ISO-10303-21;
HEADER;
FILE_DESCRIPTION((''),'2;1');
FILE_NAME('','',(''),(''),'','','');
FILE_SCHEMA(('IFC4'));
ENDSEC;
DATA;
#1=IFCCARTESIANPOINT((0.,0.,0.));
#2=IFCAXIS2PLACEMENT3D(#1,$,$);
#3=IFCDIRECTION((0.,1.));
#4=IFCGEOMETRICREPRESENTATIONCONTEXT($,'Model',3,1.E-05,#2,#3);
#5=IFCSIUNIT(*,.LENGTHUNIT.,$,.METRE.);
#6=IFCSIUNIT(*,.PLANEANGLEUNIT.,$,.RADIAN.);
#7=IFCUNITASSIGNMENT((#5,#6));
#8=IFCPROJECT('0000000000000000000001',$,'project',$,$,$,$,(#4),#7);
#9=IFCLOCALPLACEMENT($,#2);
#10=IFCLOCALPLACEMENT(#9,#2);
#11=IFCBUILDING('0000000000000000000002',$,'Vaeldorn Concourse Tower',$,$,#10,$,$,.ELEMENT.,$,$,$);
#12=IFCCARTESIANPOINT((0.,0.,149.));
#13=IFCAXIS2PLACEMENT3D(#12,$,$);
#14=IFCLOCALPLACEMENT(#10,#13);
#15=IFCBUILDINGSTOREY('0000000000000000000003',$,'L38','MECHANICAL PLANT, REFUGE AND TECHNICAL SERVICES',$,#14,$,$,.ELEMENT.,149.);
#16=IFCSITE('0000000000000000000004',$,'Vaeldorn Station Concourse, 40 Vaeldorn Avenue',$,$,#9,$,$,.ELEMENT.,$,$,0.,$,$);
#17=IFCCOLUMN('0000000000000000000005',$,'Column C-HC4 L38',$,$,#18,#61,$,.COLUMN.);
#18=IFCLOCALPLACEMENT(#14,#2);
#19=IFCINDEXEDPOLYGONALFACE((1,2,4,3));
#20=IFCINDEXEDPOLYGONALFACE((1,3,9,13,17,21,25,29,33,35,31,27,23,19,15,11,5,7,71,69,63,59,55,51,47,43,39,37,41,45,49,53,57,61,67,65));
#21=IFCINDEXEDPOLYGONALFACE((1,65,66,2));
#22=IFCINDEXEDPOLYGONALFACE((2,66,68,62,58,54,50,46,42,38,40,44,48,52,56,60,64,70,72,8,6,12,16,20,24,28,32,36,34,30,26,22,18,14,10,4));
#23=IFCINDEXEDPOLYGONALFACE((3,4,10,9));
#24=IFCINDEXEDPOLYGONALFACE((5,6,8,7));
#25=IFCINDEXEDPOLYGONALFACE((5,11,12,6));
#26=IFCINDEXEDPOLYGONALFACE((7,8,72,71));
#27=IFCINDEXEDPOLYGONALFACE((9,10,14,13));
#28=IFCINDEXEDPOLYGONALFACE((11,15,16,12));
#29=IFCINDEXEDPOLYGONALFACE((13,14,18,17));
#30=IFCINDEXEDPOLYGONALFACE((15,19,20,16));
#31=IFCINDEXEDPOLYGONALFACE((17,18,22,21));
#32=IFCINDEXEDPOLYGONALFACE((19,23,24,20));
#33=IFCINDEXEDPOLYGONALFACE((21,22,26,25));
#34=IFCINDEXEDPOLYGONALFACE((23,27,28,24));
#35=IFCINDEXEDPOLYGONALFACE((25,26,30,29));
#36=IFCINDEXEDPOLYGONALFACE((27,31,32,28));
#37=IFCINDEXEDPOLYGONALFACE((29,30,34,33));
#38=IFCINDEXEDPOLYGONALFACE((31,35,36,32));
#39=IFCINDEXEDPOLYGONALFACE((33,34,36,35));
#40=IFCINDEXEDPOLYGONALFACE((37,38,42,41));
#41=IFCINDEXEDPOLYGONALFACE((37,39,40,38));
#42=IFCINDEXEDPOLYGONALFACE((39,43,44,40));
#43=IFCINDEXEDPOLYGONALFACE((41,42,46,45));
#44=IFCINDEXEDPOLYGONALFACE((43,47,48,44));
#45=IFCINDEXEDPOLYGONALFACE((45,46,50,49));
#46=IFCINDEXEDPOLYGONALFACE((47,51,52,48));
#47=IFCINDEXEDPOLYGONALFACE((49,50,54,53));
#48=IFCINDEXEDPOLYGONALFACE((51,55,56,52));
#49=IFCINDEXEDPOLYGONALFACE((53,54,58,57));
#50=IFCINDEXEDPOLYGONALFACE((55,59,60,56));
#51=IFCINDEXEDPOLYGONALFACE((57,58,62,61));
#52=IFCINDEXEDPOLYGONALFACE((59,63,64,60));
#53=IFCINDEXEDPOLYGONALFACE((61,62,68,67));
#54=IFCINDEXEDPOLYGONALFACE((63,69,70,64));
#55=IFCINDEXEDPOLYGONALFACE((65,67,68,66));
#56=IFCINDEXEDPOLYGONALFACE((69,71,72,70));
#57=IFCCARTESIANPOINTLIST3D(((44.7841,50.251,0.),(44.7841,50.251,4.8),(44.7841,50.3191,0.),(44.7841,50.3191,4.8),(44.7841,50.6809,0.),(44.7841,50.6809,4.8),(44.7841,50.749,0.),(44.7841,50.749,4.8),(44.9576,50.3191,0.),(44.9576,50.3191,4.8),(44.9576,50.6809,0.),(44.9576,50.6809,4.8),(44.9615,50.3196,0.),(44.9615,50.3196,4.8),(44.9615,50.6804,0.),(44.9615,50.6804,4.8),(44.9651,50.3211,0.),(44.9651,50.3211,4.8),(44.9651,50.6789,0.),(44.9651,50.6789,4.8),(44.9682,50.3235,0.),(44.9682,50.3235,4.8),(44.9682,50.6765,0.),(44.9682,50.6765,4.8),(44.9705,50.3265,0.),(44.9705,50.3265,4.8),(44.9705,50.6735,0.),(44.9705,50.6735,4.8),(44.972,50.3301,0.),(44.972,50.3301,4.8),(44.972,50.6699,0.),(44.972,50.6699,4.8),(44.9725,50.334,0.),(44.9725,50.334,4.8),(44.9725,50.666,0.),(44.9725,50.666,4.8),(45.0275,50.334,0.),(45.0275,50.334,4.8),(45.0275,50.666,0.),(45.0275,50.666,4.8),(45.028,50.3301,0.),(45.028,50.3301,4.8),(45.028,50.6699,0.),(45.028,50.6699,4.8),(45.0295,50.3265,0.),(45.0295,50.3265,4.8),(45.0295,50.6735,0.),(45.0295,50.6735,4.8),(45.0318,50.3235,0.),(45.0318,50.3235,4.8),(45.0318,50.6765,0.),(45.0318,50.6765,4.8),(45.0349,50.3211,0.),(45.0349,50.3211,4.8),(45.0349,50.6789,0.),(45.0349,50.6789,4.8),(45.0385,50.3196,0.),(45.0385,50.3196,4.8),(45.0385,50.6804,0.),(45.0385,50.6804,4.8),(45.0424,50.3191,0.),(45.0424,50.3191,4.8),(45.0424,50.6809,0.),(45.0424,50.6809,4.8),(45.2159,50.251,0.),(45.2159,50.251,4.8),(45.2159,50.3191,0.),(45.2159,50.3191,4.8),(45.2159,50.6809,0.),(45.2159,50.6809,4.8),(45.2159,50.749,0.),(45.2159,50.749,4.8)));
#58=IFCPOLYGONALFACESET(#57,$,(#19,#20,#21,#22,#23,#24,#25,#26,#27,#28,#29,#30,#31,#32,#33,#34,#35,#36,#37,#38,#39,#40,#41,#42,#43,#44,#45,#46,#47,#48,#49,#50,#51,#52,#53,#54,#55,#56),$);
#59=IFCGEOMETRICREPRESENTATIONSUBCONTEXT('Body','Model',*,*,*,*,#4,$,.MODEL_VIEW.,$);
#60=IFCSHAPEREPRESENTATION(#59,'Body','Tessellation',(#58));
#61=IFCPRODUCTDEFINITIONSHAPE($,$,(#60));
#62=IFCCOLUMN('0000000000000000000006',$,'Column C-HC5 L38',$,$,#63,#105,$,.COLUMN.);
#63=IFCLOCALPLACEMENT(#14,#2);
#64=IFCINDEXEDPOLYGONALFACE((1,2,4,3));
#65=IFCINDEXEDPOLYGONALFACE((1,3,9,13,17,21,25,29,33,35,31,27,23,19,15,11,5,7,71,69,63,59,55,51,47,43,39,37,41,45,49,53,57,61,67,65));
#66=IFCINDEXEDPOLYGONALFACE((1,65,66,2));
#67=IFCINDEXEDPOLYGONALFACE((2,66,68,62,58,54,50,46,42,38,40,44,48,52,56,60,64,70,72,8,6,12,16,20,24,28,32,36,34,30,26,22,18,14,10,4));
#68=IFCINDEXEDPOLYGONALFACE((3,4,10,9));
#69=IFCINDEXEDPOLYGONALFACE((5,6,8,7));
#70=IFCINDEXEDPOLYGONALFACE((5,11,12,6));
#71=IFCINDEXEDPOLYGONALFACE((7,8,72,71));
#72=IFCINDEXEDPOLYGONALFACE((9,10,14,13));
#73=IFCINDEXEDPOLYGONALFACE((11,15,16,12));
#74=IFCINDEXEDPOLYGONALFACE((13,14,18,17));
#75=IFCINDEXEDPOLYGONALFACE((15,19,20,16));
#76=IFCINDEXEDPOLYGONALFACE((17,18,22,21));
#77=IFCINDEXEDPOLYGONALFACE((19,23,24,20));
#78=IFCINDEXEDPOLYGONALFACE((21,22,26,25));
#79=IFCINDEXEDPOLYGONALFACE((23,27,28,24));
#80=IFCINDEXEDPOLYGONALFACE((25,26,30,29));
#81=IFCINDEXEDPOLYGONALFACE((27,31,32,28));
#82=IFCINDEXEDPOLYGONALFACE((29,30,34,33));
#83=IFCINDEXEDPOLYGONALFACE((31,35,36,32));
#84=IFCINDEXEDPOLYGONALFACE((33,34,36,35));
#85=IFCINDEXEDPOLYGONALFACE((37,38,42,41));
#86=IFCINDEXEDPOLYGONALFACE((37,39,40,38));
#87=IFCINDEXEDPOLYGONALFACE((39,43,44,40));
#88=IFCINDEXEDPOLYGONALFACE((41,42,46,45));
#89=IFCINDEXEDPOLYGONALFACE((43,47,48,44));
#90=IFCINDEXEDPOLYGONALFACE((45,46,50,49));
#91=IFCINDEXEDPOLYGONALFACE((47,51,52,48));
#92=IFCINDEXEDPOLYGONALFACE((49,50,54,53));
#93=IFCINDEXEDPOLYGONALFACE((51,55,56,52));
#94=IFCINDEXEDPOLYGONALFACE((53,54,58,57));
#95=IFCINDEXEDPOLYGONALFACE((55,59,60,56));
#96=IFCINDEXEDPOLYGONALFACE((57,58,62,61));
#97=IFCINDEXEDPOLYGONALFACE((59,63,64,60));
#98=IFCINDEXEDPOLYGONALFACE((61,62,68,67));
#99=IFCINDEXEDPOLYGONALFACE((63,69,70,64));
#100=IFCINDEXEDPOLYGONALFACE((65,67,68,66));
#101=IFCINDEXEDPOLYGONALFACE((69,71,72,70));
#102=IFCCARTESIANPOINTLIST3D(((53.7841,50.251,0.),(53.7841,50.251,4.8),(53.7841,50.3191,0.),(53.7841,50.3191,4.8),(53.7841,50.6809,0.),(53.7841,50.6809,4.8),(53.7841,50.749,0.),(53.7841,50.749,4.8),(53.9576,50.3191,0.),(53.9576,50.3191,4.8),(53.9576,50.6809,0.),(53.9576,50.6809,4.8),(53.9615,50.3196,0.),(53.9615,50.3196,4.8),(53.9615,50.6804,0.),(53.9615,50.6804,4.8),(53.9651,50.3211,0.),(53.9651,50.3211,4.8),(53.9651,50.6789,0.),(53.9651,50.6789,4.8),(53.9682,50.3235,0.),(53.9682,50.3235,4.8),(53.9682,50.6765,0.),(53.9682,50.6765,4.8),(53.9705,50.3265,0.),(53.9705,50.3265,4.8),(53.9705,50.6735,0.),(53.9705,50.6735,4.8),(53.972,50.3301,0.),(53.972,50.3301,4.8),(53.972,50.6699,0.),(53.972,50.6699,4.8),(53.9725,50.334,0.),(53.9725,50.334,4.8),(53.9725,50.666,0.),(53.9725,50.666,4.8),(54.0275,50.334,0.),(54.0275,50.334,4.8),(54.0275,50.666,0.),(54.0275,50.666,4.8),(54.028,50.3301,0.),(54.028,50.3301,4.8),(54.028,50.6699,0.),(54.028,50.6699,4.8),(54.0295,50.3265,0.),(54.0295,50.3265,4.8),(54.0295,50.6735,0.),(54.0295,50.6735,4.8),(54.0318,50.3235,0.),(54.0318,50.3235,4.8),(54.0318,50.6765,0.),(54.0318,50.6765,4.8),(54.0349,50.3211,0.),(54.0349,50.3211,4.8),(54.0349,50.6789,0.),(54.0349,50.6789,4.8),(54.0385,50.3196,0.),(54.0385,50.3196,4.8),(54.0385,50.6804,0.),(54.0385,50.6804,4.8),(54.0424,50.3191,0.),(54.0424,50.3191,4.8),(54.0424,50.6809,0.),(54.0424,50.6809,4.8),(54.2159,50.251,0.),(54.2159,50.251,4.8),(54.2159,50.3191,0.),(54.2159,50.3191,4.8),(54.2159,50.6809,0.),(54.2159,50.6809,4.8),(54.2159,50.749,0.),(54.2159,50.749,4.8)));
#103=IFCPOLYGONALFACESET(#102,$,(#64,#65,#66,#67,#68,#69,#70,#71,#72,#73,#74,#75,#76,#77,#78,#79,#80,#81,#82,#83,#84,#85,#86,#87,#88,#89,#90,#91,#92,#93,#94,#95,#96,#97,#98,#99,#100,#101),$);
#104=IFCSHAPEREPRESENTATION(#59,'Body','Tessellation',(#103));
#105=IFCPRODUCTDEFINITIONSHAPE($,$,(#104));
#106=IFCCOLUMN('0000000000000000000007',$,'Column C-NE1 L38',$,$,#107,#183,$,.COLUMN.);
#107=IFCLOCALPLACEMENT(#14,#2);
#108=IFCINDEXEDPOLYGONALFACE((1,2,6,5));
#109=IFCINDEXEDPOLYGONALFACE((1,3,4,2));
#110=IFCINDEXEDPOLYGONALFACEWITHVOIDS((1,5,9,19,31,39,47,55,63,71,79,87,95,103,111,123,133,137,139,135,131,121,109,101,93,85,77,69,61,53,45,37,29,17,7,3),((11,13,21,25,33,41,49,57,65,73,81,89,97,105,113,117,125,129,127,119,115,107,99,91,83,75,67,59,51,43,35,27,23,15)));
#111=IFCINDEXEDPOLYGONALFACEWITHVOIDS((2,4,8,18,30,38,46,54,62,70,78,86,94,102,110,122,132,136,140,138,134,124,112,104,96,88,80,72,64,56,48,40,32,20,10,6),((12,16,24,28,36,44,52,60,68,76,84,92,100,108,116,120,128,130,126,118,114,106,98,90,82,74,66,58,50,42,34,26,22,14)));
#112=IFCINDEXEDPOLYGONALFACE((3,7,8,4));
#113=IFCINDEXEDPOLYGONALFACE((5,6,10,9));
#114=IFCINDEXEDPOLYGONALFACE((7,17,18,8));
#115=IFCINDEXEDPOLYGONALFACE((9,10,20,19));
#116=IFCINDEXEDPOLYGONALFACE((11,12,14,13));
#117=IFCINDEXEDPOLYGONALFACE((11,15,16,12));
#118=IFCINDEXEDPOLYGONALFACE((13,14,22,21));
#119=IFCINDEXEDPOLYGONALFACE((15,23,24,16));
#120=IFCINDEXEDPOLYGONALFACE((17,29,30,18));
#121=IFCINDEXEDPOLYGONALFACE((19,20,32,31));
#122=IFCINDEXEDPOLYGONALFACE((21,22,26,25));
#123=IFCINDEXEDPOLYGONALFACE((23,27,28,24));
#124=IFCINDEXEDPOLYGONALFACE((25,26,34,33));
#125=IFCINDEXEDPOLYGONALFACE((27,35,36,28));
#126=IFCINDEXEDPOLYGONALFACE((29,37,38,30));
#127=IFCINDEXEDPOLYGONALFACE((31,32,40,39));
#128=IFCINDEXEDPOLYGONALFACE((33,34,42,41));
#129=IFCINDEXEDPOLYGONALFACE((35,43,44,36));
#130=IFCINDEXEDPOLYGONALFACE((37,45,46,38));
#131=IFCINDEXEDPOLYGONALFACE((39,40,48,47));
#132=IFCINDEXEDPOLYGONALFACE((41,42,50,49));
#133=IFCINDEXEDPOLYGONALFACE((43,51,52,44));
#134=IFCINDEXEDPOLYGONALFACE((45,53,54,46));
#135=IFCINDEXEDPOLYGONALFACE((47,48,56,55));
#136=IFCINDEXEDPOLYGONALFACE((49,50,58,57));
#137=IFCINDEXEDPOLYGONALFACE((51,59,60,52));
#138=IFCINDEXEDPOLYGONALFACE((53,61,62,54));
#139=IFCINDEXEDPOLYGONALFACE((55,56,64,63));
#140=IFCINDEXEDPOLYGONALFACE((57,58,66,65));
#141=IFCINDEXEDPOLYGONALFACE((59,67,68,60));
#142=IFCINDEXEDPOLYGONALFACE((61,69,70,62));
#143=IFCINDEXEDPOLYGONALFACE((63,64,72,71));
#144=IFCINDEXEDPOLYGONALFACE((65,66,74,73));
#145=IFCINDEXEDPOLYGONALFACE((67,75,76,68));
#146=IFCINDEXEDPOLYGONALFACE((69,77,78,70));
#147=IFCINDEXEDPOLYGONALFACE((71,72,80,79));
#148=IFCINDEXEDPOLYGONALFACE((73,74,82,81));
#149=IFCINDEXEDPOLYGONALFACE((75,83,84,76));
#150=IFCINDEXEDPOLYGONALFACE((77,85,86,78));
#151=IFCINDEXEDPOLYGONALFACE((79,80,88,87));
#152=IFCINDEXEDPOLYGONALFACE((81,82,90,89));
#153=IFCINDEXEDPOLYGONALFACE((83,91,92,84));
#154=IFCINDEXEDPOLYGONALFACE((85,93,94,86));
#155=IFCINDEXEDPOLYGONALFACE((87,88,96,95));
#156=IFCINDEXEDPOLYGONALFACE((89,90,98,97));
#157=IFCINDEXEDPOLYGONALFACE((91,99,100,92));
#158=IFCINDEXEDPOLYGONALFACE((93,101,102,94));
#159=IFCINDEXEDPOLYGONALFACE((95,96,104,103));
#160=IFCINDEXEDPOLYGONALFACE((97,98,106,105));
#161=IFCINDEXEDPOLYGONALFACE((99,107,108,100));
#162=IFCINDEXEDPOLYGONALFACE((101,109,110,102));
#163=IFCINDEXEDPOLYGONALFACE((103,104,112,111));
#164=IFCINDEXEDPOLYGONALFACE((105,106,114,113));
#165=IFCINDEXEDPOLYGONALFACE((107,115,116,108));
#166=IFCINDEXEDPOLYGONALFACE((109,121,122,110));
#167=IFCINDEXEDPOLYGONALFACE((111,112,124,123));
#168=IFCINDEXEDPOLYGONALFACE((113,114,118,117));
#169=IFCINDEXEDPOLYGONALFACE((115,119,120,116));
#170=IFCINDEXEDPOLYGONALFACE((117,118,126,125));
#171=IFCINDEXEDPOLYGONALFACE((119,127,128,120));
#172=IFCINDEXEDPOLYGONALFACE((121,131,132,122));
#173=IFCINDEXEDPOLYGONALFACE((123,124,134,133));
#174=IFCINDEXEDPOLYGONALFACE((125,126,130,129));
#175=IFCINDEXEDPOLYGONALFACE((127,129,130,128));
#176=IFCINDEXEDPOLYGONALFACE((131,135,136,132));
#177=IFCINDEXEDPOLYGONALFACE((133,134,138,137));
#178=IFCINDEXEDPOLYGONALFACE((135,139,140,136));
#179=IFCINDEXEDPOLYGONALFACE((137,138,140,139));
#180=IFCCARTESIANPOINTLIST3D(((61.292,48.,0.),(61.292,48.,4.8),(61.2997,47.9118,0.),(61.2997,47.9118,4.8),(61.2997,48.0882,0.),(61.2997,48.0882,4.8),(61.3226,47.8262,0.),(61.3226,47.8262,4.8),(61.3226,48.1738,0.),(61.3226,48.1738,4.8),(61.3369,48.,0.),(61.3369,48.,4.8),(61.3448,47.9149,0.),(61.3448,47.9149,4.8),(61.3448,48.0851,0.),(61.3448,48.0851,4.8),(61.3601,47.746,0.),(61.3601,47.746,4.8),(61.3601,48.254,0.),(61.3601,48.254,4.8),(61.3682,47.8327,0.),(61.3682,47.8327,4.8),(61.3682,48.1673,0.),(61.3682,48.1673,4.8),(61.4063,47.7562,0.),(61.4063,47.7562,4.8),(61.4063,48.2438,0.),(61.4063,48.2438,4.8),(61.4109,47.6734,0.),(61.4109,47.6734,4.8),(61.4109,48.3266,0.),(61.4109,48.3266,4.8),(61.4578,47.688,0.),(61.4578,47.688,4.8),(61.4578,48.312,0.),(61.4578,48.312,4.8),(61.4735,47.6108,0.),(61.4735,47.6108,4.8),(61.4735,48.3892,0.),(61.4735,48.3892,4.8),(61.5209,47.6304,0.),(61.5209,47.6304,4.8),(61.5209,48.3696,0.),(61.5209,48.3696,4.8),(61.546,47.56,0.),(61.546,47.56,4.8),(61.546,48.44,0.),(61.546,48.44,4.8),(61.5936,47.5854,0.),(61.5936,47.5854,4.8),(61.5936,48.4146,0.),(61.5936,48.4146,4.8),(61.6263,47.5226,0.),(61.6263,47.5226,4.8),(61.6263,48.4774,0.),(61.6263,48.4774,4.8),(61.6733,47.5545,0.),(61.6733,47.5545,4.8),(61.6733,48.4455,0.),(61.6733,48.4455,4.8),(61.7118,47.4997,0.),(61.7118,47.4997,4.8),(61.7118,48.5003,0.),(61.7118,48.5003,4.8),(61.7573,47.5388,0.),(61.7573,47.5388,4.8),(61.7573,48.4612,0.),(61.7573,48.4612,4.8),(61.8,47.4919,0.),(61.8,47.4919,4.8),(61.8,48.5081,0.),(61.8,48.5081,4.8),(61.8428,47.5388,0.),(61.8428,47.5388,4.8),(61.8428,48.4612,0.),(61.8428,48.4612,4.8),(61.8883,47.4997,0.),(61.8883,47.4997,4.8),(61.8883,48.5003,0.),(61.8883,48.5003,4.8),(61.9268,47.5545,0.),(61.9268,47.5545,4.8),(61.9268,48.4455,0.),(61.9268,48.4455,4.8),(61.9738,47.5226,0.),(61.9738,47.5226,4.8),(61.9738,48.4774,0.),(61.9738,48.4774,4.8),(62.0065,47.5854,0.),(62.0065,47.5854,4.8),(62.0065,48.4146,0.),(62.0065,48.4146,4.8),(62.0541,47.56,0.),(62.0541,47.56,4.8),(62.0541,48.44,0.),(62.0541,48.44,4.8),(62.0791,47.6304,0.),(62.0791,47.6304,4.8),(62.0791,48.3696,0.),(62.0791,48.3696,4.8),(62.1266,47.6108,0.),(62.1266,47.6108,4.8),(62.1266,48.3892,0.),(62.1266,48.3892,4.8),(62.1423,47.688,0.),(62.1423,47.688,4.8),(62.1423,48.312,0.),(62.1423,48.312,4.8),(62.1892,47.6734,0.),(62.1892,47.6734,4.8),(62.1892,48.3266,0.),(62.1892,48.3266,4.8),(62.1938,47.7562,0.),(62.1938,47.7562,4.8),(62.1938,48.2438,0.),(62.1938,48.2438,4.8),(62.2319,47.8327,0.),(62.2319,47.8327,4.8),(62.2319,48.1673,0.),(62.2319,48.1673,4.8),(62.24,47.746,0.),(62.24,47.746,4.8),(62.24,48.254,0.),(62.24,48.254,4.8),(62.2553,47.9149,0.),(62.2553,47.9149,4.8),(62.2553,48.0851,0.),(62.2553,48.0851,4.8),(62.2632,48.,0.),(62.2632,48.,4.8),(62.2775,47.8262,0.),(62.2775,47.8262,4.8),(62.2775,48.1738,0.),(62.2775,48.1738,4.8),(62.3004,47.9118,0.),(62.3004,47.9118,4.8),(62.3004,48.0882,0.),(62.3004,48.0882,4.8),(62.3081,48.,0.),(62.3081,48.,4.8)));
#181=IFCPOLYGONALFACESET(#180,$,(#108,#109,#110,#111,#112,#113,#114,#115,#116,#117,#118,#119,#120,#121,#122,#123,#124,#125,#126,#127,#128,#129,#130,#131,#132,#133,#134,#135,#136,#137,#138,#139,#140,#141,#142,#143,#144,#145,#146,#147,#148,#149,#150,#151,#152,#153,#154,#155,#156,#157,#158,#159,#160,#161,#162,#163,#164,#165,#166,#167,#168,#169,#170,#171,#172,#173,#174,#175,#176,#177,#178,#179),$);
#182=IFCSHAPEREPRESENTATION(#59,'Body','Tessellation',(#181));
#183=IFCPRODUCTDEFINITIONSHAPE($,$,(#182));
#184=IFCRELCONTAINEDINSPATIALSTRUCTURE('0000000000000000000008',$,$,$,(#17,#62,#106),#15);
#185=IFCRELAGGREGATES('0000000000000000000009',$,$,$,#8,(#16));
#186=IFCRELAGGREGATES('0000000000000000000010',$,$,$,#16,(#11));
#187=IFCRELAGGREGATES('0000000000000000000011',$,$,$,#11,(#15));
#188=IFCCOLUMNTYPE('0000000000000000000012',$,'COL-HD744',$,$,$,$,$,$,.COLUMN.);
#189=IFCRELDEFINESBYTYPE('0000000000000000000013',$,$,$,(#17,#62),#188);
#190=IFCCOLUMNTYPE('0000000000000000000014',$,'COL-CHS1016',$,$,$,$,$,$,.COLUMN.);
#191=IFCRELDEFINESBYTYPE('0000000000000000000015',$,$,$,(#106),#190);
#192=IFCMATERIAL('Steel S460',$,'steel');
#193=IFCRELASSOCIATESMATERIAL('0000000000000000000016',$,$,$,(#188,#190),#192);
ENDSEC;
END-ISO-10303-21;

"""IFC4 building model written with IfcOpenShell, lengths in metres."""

from ifc_helpers import new_model, si_unit, direction, frame, origin, origin_2d, place, context, subcontext, project, spatial, hollow_circle, i_section, extrude, source, transform, mapped, material, material_profile, profile_set, type_object, element, save


model = new_model("IFC4")

# Units and contexts
model_context = context("Model", 3, precision=1e-05, world=origin(), true_north=direction((0.0, 1.0)))
body_context = subcontext(model_context, "Body", "Model", "MODEL_VIEW")
ifc_project = project(units=[si_unit("LENGTHUNIT", "METRE"), si_unit("PLANEANGLEUNIT", "RADIAN")], contexts=[model_context])

# Site, building, storey
site_placement = place(None, origin())
site = spatial("IfcSite", under=ifc_project, at=site_placement, Name="Vaeldorn Station Concourse, 40 Vaeldorn Avenue", CompositionType="ELEMENT", RefElevation=0.0)
building_placement = place(site_placement, origin())
building = spatial("IfcBuilding", under=site, at=building_placement, Name="Vaeldorn Concourse Tower", CompositionType="ELEMENT")
storey_placement = place(building_placement, frame((0.0, 0.0, 149.0)))
storey = spatial("IfcBuildingStorey", under=building, at=storey_placement, Name="L38", Description="MECHANICAL PLANT, REFUGE AND TECHNICAL SERVICES", CompositionType="ELEMENT", Elevation=149.0)

# Columns
ifc_material_1 = material(Name="Steel S460", Category="steel")
ifc_material_profile_1 = material_profile(ifc_material_1, i_section(OverallWidth=0.4319, OverallDepth=0.498, WebThickness=0.0549, FlangeThickness=0.0681, FilletRadius=0.0149, at=origin_2d()), Name="HD 400x744")
ifc_profile_set_1 = profile_set([ifc_material_profile_1], Name="Steel S460")
column_type_1 = type_object("IfcColumnType", Name="COL-HD744", PredefinedType="COLUMN", material=ifc_profile_set_1)
shared_shape_1 = source(origin(), body_context, "Body", "SweptSolid", [
    extrude(i_section(OverallWidth=0.4319, OverallDepth=0.498, WebThickness=0.0549, FlangeThickness=0.0681, FilletRadius=0.0149, at=origin_2d()), origin(), (0.0, 0.0, 1.0), 4.8),
])
for number, where, z_axis, x_axis, name in (
    (1, (45.0, 50.5, 0.0), (0.0, 0.0, 1.0), (1.0, 0.0, 0.0), "Column C-HC4 L38"),
    (2, (54.0, 50.5, 0.0), (0.0, 0.0, 1.0), (1.0, 0.0, 0.0), "Column C-HC5 L38"),
):
    element("IfcColumn", number, at=place(storey_placement, frame(where, z_axis=z_axis, x_axis=x_axis)), inside=storey, type_object=column_type_1, Name=name, PredefinedType="COLUMN", context=body_context, shape_type="MappedRepresentation", body=[
        mapped(shared_shape_1, transform((0.0, 0.0, 0.0), scale=1.0)),
    ])
ifc_material_profile_2 = material_profile(ifc_material_1, hollow_circle(Radius=0.5081, WallThickness=0.0449, at=origin_2d()), Name="CHS 1016x45")
ifc_profile_set_2 = profile_set([ifc_material_profile_2], Name="Steel S460")
column_type_2 = type_object("IfcColumnType", Name="COL-CHS1016", PredefinedType="COLUMN", material=ifc_profile_set_2)
shared_shape_2 = source(origin(), body_context, "Body", "SweptSolid", [
    extrude(hollow_circle(Radius=0.5081, WallThickness=0.0449, at=origin_2d()), origin(), (0.0, 0.0, 1.0), 4.8),
])
column_placement = place(storey_placement, frame((61.8, 48.0, 0.0), z_axis=(0.0, 0.0, 1.0), x_axis=(1.0, 0.0, 0.0)))
element("IfcColumn", 3, at=column_placement, inside=storey, type_object=column_type_2, Name="Column C-NE1 L38", PredefinedType="COLUMN", context=body_context, shape_type="MappedRepresentation", body=[
    mapped(shared_shape_2, transform((0.0, 0.0, 0.0), scale=1.0)),
])

save(model, "model.ifc")
